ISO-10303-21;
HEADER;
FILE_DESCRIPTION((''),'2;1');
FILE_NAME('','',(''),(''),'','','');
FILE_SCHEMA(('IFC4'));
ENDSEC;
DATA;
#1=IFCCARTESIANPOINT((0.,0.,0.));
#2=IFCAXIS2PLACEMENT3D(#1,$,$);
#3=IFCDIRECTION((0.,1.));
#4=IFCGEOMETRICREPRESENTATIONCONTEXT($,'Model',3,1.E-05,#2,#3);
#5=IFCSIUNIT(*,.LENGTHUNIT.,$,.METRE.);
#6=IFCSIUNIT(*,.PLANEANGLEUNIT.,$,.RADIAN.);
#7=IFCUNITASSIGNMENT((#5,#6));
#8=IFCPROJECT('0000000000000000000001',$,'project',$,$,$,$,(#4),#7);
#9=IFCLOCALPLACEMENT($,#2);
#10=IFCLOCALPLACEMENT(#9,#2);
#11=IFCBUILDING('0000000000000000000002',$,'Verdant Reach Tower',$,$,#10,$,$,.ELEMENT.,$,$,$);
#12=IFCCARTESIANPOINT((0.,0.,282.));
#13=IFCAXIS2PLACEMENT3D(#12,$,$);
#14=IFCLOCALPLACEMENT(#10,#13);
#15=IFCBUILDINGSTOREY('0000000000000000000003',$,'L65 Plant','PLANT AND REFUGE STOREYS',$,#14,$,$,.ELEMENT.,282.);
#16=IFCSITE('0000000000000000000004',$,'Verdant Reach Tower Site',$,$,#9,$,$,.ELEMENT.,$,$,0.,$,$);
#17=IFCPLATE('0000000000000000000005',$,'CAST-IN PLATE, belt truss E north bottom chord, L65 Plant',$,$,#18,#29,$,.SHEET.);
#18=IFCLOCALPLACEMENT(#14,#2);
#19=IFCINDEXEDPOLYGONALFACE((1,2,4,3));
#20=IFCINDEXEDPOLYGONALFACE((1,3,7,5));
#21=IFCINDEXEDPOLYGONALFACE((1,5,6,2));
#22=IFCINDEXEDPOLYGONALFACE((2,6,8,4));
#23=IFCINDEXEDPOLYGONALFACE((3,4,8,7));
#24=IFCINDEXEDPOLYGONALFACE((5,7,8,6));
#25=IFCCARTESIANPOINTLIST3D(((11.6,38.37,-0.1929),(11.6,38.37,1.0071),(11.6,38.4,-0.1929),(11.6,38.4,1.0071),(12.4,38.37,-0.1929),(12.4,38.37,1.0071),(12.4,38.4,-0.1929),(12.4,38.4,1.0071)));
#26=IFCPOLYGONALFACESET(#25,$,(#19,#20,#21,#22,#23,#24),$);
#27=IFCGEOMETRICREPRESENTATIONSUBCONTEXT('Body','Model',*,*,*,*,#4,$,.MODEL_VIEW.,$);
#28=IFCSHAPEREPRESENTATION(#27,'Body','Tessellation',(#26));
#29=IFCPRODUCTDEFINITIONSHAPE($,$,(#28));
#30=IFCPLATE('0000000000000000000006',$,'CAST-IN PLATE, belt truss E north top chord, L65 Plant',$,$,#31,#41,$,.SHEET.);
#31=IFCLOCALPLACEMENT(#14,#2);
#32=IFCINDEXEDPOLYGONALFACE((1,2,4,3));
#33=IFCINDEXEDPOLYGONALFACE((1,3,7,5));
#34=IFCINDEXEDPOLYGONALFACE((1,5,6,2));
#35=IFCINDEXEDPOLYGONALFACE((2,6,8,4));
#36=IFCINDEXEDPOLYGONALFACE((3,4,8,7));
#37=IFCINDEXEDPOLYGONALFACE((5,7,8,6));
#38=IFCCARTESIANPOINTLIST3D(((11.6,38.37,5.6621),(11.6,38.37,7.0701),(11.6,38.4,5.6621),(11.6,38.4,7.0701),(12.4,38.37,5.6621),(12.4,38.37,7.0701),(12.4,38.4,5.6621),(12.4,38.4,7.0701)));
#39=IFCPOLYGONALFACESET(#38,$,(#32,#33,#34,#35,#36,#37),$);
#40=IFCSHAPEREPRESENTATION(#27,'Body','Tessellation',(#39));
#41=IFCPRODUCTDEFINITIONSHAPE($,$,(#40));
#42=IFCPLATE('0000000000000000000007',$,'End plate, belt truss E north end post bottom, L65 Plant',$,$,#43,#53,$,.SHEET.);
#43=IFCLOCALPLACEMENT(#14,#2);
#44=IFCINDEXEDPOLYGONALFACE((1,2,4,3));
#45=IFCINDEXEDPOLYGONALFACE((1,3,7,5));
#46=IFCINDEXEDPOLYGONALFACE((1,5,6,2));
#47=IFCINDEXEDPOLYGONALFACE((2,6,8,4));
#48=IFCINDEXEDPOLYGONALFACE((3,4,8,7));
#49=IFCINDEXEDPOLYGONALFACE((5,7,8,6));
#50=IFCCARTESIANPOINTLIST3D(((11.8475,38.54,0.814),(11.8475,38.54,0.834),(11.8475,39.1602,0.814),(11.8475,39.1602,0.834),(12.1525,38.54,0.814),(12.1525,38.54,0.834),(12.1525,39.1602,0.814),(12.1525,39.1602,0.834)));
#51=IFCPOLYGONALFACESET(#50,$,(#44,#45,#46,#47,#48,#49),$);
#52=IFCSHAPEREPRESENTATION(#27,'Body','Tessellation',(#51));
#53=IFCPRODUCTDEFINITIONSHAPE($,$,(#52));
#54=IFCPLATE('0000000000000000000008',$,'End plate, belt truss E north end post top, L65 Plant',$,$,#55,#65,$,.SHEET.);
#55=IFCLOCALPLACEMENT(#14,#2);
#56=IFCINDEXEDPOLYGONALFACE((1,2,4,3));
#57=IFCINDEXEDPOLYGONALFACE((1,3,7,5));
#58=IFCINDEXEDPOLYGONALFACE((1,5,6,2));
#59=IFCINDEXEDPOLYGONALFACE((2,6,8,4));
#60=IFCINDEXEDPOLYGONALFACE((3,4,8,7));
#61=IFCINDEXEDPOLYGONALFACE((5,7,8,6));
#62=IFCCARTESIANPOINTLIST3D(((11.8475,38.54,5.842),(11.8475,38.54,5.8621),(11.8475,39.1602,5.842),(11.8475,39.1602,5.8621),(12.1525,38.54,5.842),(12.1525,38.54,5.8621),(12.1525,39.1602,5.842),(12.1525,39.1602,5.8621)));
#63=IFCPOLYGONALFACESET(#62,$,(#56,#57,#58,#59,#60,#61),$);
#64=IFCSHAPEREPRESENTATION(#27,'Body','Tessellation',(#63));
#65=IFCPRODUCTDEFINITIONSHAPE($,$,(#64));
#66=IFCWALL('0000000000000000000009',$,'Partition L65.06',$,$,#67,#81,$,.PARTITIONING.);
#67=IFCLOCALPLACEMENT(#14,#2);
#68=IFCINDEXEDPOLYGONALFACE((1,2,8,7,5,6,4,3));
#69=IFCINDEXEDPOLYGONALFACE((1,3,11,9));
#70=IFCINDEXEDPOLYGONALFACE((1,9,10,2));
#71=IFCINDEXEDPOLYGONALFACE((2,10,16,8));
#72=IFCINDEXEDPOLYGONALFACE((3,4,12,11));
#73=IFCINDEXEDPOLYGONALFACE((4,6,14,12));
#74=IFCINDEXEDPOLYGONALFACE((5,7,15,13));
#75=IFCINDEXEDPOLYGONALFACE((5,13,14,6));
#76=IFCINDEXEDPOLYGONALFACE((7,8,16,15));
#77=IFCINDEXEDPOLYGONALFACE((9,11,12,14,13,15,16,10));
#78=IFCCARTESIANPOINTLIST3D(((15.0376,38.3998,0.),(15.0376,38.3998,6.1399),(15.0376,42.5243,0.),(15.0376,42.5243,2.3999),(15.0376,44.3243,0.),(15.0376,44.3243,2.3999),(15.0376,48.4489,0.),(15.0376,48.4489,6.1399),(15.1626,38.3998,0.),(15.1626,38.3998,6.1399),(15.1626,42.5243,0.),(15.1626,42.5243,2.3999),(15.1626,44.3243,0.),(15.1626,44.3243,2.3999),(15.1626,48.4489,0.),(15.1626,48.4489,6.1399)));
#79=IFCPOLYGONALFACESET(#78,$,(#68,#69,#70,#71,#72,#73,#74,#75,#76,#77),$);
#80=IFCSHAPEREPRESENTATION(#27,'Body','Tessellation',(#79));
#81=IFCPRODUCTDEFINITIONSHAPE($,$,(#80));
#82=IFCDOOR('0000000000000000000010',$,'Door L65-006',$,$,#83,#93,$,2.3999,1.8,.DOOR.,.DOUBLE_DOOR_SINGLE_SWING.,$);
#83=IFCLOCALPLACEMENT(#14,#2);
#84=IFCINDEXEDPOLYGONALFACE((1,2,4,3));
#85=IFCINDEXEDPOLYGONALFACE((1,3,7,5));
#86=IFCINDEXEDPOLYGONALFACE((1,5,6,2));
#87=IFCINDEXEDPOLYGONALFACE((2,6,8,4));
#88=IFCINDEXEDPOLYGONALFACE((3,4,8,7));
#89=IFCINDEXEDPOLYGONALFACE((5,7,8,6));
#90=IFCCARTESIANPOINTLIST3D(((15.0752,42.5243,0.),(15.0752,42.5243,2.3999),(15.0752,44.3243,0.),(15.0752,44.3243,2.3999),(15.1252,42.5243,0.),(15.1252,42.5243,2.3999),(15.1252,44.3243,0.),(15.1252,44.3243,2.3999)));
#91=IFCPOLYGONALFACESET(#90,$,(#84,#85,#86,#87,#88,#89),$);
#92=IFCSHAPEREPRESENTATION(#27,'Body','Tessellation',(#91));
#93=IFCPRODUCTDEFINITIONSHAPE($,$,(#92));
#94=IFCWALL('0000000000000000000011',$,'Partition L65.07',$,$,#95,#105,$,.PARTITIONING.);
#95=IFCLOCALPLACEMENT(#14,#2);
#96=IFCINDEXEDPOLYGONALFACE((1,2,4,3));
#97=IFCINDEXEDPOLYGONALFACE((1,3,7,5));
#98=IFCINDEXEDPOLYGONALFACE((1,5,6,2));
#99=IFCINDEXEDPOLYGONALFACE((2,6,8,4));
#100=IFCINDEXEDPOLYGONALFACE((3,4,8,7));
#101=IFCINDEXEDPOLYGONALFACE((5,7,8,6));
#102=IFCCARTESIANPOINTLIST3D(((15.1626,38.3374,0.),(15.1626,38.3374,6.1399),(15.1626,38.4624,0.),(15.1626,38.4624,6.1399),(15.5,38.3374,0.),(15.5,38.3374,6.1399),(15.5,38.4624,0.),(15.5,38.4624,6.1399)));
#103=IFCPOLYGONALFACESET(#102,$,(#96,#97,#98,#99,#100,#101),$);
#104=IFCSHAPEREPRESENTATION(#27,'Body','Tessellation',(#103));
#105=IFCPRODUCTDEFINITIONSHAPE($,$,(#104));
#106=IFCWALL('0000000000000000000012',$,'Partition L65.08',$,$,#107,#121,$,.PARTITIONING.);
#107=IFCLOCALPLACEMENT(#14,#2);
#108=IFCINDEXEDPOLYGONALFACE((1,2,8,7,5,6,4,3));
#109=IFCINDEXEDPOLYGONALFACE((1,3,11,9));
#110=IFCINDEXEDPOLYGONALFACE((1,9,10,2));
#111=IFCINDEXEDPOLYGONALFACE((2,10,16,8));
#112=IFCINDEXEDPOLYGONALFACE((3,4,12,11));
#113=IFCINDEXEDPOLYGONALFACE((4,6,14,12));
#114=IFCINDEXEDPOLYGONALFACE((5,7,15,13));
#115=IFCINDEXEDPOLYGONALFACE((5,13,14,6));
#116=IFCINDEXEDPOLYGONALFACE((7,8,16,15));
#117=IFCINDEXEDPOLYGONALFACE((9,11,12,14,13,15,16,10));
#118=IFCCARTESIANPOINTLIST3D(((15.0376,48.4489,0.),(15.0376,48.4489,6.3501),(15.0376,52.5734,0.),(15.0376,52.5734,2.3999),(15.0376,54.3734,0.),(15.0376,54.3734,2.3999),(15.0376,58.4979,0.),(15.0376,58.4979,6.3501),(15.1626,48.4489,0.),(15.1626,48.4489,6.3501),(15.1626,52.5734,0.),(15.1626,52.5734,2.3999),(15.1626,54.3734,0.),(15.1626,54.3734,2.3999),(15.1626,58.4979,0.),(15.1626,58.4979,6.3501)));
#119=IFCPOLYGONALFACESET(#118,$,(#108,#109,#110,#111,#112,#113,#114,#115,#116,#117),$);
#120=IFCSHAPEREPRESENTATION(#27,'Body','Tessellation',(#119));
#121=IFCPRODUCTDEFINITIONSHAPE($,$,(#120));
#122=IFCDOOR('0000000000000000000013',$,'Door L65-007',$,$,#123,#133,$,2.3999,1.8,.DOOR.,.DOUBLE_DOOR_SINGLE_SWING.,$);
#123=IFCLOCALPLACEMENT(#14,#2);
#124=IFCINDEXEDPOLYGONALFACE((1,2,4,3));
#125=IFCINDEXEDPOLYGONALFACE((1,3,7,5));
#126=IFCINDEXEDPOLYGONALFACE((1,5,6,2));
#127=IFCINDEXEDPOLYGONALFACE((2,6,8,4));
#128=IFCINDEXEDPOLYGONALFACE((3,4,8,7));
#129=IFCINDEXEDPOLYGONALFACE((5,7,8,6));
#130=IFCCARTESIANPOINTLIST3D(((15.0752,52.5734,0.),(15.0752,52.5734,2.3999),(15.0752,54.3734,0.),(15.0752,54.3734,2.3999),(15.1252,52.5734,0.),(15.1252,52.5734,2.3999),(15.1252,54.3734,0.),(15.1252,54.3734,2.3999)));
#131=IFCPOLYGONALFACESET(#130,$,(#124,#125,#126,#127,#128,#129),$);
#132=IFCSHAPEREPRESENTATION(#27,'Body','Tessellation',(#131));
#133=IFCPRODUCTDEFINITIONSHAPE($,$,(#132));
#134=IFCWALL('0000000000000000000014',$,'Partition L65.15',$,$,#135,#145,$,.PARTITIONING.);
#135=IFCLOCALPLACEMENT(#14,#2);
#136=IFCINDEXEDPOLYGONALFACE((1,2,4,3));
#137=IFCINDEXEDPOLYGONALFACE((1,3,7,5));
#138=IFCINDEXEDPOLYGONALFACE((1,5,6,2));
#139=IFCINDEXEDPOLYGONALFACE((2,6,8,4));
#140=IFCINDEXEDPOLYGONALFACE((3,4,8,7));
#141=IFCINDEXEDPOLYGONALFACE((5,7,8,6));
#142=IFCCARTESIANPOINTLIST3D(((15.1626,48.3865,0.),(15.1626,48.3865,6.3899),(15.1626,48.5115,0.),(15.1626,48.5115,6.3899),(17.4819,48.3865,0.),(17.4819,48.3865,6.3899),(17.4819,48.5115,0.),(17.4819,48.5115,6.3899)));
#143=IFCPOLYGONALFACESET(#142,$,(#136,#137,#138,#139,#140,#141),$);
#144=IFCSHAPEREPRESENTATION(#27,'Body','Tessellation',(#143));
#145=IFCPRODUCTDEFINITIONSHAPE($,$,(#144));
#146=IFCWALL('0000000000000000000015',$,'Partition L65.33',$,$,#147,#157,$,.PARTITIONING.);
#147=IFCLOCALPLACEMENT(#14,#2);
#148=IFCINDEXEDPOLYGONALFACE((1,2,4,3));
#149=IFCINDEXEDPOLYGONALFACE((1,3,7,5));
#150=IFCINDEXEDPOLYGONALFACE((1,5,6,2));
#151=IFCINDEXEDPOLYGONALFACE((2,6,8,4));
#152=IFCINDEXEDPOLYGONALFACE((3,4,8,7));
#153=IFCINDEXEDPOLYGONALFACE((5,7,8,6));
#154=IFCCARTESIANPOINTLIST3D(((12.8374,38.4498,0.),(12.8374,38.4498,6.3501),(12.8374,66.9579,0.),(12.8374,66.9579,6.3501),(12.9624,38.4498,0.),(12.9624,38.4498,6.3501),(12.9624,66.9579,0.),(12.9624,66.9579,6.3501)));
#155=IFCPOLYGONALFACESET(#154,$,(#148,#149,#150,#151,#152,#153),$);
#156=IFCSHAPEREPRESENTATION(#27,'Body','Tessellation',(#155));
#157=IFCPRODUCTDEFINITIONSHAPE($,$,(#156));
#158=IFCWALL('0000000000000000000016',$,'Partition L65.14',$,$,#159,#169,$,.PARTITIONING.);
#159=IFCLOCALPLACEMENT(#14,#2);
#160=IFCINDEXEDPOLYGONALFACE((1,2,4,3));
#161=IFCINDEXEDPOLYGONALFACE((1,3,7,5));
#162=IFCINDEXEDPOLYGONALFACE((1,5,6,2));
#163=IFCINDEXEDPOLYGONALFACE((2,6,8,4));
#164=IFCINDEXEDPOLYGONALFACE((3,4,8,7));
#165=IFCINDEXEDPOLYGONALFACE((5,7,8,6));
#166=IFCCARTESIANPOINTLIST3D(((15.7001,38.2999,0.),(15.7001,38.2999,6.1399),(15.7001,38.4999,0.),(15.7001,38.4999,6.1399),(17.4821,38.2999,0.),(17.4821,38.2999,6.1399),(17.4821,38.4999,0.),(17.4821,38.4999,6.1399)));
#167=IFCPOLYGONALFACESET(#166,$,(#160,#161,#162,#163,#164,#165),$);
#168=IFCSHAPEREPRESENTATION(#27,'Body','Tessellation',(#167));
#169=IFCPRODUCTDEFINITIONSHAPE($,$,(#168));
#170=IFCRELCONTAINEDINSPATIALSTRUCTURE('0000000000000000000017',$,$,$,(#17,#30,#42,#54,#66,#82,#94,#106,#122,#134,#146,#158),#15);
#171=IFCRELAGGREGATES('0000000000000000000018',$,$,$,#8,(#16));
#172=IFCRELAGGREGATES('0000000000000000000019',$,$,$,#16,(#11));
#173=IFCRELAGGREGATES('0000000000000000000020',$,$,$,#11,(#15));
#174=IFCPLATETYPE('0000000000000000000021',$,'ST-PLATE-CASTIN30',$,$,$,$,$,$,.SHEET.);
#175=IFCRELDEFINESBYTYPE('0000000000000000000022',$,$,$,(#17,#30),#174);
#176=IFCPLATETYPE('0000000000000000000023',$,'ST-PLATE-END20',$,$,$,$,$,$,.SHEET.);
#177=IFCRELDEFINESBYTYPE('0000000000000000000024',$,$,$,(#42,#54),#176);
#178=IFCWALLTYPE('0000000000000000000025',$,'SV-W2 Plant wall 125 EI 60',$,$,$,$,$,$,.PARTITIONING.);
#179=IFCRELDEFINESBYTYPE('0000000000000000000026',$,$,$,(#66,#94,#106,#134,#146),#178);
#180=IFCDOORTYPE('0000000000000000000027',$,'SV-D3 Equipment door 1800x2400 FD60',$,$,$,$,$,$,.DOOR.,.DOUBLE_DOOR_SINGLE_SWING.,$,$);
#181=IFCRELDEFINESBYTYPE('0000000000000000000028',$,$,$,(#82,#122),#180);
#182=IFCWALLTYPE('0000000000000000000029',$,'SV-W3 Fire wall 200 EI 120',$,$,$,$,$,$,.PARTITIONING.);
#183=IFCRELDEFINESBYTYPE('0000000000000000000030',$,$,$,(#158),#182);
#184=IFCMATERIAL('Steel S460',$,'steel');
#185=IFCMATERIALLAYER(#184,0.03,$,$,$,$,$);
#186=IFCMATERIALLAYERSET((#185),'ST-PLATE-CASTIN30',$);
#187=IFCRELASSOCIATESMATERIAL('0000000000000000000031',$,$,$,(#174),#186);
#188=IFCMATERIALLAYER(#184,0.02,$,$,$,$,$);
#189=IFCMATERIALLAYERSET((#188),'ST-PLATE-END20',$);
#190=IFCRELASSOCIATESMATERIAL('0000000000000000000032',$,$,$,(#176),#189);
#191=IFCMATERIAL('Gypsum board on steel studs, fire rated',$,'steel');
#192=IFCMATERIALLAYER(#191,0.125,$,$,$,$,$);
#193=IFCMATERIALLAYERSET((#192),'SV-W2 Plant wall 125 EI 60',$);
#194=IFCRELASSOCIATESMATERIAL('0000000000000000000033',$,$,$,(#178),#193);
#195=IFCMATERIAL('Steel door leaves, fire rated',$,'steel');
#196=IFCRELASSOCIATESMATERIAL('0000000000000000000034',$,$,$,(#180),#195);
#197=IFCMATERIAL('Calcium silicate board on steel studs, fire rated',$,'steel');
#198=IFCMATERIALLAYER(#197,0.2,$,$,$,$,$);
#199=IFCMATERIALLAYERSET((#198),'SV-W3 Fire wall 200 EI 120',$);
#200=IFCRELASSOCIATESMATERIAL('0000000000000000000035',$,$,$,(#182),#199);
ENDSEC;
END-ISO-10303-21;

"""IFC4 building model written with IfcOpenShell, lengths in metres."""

from ifc_helpers import new_model, si_unit, direction, frame, frame_2d, origin, origin_2d, place, context, subcontext, project, spatial, rectangle, extrude, material, layer, layer_set, type_object, element, fill, save


model = new_model("IFC4")

# Units and contexts
model_context = context("Model", 3, precision=1e-05, world=origin(), true_north=direction((0.0, 1.0)))
body_context = subcontext(model_context, "Body", "Model", "MODEL_VIEW")
ifc_project = project(units=[si_unit("LENGTHUNIT", "METRE"), si_unit("PLANEANGLEUNIT", "RADIAN")], contexts=[model_context])

# Site, building, storey
site_placement = place(None, origin())
site = spatial("IfcSite", under=ifc_project, at=site_placement, Name="Verdant Reach Tower Site", CompositionType="ELEMENT", RefElevation=0.0)
building_placement = place(site_placement, origin())
building = spatial("IfcBuilding", under=site, at=building_placement, Name="Verdant Reach Tower", CompositionType="ELEMENT")
storey_placement = place(building_placement, frame((0.0, 0.0, 282.0)))
storey = spatial("IfcBuildingStorey", under=building, at=storey_placement, Name="L65 Plant", Description="PLANT AND REFUGE STOREYS", CompositionType="ELEMENT", Elevation=282.0)

# Shared definitions
ifc_material_1 = material(Name="Steel S460", Category="steel")

# Plates
ifc_layer_1 = layer(ifc_material_1, 0.03)
ifc_layer_set_1 = layer_set([ifc_layer_1], Name="ST-PLATE-CASTIN30")
plate_type_1 = type_object("IfcPlateType", Name="ST-PLATE-CASTIN30", PredefinedType="SHEET", material=ifc_layer_set_1)
plate_1_placement = place(storey_placement, frame((12.0, 38.385, -0.1929), z_axis=(0.0, 0.0, 1.0), x_axis=(1.0, 0.0, 0.0)))
element("IfcPlate", 1, at=plate_1_placement, inside=storey, type_object=plate_type_1, Name="CAST-IN PLATE, belt truss E north bottom chord, L65 Plant", PredefinedType="SHEET", context=body_context, shape_type="SweptSolid", body=[
    extrude(rectangle(XDim=0.8, YDim=0.03, at=origin_2d()), origin(), (0.0, 0.0, 1.0), 1.2),
])
plate_2_placement = place(storey_placement, frame((12.0, 38.385, 5.6621), z_axis=(0.0, 0.0, 1.0), x_axis=(1.0, 0.0, 0.0)))
element("IfcPlate", 2, at=plate_2_placement, inside=storey, type_object=plate_type_1, Name="CAST-IN PLATE, belt truss E north top chord, L65 Plant", PredefinedType="SHEET", context=body_context, shape_type="SweptSolid", body=[
    extrude(rectangle(XDim=0.8, YDim=0.03, at=origin_2d()), origin(), (0.0, 0.0, 1.0), 1.408),
])
ifc_layer_2 = layer(ifc_material_1, 0.02)
ifc_layer_set_2 = layer_set([ifc_layer_2], Name="ST-PLATE-END20")
plate_type_2 = type_object("IfcPlateType", Name="ST-PLATE-END20", PredefinedType="SHEET", material=ifc_layer_set_2)
for number, where, z_axis, x_axis, name in (
    (3, (12.0, 38.8501, 0.814), (0.0, 0.0, 1.0), (1.0, 0.0, 0.0), "End plate, belt truss E north end post bottom, L65 Plant"),
    (4, (12.0, 38.8501, 5.842), (0.0, 0.0, 1.0), (1.0, 0.0, 0.0), "End plate, belt truss E north end post top, L65 Plant"),
):
    element("IfcPlate", number, at=place(storey_placement, frame(where, z_axis=z_axis, x_axis=x_axis)), inside=storey, type_object=plate_type_2, Name=name, PredefinedType="SHEET", context=body_context, shape_type="SweptSolid", body=[
        extrude(rectangle(XDim=0.3049, YDim=0.6201, at=origin_2d()), origin(), (0.0, 0.0, 1.0), 0.02),
    ])

# Wall, opening, door
ifc_material_2 = material(Name="Gypsum board on steel studs, fire rated", Category="steel")
ifc_layer_3 = layer(ifc_material_2, 0.125)
ifc_layer_set_3 = layer_set([ifc_layer_3], Name="SV-W2 Plant wall 125 EI 60")
wall_type_1 = type_object("IfcWallType", Name="SV-W2 Plant wall 125 EI 60", PredefinedType="PARTITIONING", material=ifc_layer_set_3)
wall_1_placement = place(storey_placement, frame((15.1001, 38.3999, 0.0), z_axis=(0.0, 0.0, 1.0), x_axis=(0.0, 1.0, 0.0)))
wall_1 = element("IfcWall", 5, at=wall_1_placement, inside=storey, type_object=wall_type_1, Name="Partition L65.06", PredefinedType="PARTITIONING", context=body_context, shape_type="SweptSolid", body=[
    extrude(rectangle(XDim=10.0491, YDim=0.125, at=frame_2d((5.0244, 0.0))), origin(), (0.0, 0.0, 1.0), 6.1399),
])
opening_1_placement = place(wall_1_placement, frame((4.1245, 0.0, 0.0)))
opening_1 = element("IfcOpeningElement", 6, at=opening_1_placement, cuts=wall_1, PredefinedType="OPENING", context=body_context, shape_type="SweptSolid", body=[
    extrude(rectangle(XDim=1.8, YDim=2.3999, at=frame_2d((0.8999, 1.2))), frame((0.0, 0.0725, 0.0), z_axis=(0.0, -1.0, 0.0), x_axis=(1.0, 0.0, 0.0)), (0.0, 0.0, 1.0), 0.145),
])
ifc_material_3 = material(Name="Steel door leaves, fire rated", Category="steel")
door_type = type_object("IfcDoorType", Name="SV-D3 Equipment door 1800x2400 FD60", OperationType="DOUBLE_DOOR_SINGLE_SWING", PredefinedType="DOOR", material=ifc_material_3)
door_1_placement = place(opening_1_placement, origin())
door_1 = element("IfcDoor", 7, at=door_1_placement, inside=storey, type_object=door_type, Name="Door L65-006", OperationType="DOUBLE_DOOR_SINGLE_SWING", OverallHeight=2.3999, OverallWidth=1.8, PredefinedType="DOOR", context=body_context, shape_type="SweptSolid", body=[
    extrude(rectangle(XDim=1.8, YDim=2.3999, at=frame_2d((0.8999, 1.2))), frame((0.0, 0.0249, 0.0), z_axis=(0.0, -1.0, 0.0), x_axis=(1.0, 0.0, 0.0)), (0.0, 0.0, 1.0), 0.05),
])
fill(opening_1, door_1)

# Wall
wall_2_placement = place(storey_placement, frame((15.1626, 38.3999, 0.0), z_axis=(0.0, 0.0, 1.0), x_axis=(1.0, 0.0, 0.0)))
element("IfcWall", 8, at=wall_2_placement, inside=storey, type_object=wall_type_1, Name="Partition L65.07", PredefinedType="PARTITIONING", context=body_context, shape_type="SweptSolid", body=[
    extrude(rectangle(XDim=0.3374, YDim=0.125, at=frame_2d((0.1687, 0.0))), origin(), (0.0, 0.0, 1.0), 6.1399),
])

# Wall, opening, door
wall_3_placement = place(storey_placement, frame((15.1001, 48.449, 0.0), z_axis=(0.0, 0.0, 1.0), x_axis=(0.0, 1.0, 0.0)))
wall_3 = element("IfcWall", 9, at=wall_3_placement, inside=storey, type_object=wall_type_1, Name="Partition L65.08", PredefinedType="PARTITIONING", context=body_context, shape_type="SweptSolid", body=[
    extrude(rectangle(XDim=10.0491, YDim=0.125, at=frame_2d((5.0244, 0.0))), origin(), (0.0, 0.0, 1.0), 6.3501),
])
opening_2_placement = place(wall_3_placement, frame((4.1245, 0.0, 0.0)))
opening_2 = element("IfcOpeningElement", 10, at=opening_2_placement, cuts=wall_3, PredefinedType="OPENING", context=body_context, shape_type="SweptSolid", body=[
    extrude(rectangle(XDim=1.8, YDim=2.3999, at=frame_2d((0.8999, 1.2))), frame((0.0, 0.0725, 0.0), z_axis=(0.0, -1.0, 0.0), x_axis=(1.0, 0.0, 0.0)), (0.0, 0.0, 1.0), 0.145),
])
door_2_placement = place(opening_2_placement, origin())
door_2 = element("IfcDoor", 11, at=door_2_placement, inside=storey, type_object=door_type, Name="Door L65-007", OperationType="DOUBLE_DOOR_SINGLE_SWING", OverallHeight=2.3999, OverallWidth=1.8, PredefinedType="DOOR", context=body_context, shape_type="SweptSolid", body=[
    extrude(rectangle(XDim=1.8, YDim=2.3999, at=frame_2d((0.8999, 1.2))), frame((0.0, 0.0249, 0.0), z_axis=(0.0, -1.0, 0.0), x_axis=(1.0, 0.0, 0.0)), (0.0, 0.0, 1.0), 0.05),
])
fill(opening_2, door_2)

# Walls
wall_4_placement = place(storey_placement, frame((15.1626, 48.449, 0.0), z_axis=(0.0, 0.0, 1.0), x_axis=(1.0, 0.0, 0.0)))
element("IfcWall", 12, at=wall_4_placement, inside=storey, type_object=wall_type_1, Name="Partition L65.15", PredefinedType="PARTITIONING", context=body_context, shape_type="SweptSolid", body=[
    extrude(rectangle(XDim=2.3193, YDim=0.125, at=frame_2d((1.1597, 0.0))), origin(), (0.0, 0.0, 1.0), 6.3899),
])
wall_5_placement = place(storey_placement, frame((12.8999, 38.45, 0.0), z_axis=(0.0, 0.0, 1.0), x_axis=(0.0, 1.0, 0.0)))
element("IfcWall", 13, at=wall_5_placement, inside=storey, type_object=wall_type_1, Name="Partition L65.33", PredefinedType="PARTITIONING", context=body_context, shape_type="SweptSolid", body=[
    extrude(rectangle(XDim=28.5081, YDim=0.125, at=frame_2d((14.2539, 0.0))), origin(), (0.0, 0.0, 1.0), 6.3501),
])
ifc_material_4 = material(Name="Calcium silicate board on steel studs, fire rated", Category="steel")
ifc_layer_4 = layer(ifc_material_4, 0.2)
ifc_layer_set_4 = layer_set([ifc_layer_4], Name="SV-W3 Fire wall 200 EI 120")
wall_type_2 = type_object("IfcWallType", Name="SV-W3 Fire wall 200 EI 120", PredefinedType="PARTITIONING", material=ifc_layer_set_4)
wall_6_placement = place(storey_placement, frame((15.7, 38.3999, 0.0), z_axis=(0.0, 0.0, 1.0), x_axis=(1.0, 0.0, 0.0)))
element("IfcWall", 14, at=wall_6_placement, inside=storey, type_object=wall_type_2, Name="Partition L65.14", PredefinedType="PARTITIONING", context=body_context, shape_type="SweptSolid", body=[
    extrude(rectangle(XDim=1.782, YDim=0.2, at=frame_2d((0.8911, 0.0))), origin(), (0.0, 0.0, 1.0), 6.1399),
])

save(model, "model.ifc")
